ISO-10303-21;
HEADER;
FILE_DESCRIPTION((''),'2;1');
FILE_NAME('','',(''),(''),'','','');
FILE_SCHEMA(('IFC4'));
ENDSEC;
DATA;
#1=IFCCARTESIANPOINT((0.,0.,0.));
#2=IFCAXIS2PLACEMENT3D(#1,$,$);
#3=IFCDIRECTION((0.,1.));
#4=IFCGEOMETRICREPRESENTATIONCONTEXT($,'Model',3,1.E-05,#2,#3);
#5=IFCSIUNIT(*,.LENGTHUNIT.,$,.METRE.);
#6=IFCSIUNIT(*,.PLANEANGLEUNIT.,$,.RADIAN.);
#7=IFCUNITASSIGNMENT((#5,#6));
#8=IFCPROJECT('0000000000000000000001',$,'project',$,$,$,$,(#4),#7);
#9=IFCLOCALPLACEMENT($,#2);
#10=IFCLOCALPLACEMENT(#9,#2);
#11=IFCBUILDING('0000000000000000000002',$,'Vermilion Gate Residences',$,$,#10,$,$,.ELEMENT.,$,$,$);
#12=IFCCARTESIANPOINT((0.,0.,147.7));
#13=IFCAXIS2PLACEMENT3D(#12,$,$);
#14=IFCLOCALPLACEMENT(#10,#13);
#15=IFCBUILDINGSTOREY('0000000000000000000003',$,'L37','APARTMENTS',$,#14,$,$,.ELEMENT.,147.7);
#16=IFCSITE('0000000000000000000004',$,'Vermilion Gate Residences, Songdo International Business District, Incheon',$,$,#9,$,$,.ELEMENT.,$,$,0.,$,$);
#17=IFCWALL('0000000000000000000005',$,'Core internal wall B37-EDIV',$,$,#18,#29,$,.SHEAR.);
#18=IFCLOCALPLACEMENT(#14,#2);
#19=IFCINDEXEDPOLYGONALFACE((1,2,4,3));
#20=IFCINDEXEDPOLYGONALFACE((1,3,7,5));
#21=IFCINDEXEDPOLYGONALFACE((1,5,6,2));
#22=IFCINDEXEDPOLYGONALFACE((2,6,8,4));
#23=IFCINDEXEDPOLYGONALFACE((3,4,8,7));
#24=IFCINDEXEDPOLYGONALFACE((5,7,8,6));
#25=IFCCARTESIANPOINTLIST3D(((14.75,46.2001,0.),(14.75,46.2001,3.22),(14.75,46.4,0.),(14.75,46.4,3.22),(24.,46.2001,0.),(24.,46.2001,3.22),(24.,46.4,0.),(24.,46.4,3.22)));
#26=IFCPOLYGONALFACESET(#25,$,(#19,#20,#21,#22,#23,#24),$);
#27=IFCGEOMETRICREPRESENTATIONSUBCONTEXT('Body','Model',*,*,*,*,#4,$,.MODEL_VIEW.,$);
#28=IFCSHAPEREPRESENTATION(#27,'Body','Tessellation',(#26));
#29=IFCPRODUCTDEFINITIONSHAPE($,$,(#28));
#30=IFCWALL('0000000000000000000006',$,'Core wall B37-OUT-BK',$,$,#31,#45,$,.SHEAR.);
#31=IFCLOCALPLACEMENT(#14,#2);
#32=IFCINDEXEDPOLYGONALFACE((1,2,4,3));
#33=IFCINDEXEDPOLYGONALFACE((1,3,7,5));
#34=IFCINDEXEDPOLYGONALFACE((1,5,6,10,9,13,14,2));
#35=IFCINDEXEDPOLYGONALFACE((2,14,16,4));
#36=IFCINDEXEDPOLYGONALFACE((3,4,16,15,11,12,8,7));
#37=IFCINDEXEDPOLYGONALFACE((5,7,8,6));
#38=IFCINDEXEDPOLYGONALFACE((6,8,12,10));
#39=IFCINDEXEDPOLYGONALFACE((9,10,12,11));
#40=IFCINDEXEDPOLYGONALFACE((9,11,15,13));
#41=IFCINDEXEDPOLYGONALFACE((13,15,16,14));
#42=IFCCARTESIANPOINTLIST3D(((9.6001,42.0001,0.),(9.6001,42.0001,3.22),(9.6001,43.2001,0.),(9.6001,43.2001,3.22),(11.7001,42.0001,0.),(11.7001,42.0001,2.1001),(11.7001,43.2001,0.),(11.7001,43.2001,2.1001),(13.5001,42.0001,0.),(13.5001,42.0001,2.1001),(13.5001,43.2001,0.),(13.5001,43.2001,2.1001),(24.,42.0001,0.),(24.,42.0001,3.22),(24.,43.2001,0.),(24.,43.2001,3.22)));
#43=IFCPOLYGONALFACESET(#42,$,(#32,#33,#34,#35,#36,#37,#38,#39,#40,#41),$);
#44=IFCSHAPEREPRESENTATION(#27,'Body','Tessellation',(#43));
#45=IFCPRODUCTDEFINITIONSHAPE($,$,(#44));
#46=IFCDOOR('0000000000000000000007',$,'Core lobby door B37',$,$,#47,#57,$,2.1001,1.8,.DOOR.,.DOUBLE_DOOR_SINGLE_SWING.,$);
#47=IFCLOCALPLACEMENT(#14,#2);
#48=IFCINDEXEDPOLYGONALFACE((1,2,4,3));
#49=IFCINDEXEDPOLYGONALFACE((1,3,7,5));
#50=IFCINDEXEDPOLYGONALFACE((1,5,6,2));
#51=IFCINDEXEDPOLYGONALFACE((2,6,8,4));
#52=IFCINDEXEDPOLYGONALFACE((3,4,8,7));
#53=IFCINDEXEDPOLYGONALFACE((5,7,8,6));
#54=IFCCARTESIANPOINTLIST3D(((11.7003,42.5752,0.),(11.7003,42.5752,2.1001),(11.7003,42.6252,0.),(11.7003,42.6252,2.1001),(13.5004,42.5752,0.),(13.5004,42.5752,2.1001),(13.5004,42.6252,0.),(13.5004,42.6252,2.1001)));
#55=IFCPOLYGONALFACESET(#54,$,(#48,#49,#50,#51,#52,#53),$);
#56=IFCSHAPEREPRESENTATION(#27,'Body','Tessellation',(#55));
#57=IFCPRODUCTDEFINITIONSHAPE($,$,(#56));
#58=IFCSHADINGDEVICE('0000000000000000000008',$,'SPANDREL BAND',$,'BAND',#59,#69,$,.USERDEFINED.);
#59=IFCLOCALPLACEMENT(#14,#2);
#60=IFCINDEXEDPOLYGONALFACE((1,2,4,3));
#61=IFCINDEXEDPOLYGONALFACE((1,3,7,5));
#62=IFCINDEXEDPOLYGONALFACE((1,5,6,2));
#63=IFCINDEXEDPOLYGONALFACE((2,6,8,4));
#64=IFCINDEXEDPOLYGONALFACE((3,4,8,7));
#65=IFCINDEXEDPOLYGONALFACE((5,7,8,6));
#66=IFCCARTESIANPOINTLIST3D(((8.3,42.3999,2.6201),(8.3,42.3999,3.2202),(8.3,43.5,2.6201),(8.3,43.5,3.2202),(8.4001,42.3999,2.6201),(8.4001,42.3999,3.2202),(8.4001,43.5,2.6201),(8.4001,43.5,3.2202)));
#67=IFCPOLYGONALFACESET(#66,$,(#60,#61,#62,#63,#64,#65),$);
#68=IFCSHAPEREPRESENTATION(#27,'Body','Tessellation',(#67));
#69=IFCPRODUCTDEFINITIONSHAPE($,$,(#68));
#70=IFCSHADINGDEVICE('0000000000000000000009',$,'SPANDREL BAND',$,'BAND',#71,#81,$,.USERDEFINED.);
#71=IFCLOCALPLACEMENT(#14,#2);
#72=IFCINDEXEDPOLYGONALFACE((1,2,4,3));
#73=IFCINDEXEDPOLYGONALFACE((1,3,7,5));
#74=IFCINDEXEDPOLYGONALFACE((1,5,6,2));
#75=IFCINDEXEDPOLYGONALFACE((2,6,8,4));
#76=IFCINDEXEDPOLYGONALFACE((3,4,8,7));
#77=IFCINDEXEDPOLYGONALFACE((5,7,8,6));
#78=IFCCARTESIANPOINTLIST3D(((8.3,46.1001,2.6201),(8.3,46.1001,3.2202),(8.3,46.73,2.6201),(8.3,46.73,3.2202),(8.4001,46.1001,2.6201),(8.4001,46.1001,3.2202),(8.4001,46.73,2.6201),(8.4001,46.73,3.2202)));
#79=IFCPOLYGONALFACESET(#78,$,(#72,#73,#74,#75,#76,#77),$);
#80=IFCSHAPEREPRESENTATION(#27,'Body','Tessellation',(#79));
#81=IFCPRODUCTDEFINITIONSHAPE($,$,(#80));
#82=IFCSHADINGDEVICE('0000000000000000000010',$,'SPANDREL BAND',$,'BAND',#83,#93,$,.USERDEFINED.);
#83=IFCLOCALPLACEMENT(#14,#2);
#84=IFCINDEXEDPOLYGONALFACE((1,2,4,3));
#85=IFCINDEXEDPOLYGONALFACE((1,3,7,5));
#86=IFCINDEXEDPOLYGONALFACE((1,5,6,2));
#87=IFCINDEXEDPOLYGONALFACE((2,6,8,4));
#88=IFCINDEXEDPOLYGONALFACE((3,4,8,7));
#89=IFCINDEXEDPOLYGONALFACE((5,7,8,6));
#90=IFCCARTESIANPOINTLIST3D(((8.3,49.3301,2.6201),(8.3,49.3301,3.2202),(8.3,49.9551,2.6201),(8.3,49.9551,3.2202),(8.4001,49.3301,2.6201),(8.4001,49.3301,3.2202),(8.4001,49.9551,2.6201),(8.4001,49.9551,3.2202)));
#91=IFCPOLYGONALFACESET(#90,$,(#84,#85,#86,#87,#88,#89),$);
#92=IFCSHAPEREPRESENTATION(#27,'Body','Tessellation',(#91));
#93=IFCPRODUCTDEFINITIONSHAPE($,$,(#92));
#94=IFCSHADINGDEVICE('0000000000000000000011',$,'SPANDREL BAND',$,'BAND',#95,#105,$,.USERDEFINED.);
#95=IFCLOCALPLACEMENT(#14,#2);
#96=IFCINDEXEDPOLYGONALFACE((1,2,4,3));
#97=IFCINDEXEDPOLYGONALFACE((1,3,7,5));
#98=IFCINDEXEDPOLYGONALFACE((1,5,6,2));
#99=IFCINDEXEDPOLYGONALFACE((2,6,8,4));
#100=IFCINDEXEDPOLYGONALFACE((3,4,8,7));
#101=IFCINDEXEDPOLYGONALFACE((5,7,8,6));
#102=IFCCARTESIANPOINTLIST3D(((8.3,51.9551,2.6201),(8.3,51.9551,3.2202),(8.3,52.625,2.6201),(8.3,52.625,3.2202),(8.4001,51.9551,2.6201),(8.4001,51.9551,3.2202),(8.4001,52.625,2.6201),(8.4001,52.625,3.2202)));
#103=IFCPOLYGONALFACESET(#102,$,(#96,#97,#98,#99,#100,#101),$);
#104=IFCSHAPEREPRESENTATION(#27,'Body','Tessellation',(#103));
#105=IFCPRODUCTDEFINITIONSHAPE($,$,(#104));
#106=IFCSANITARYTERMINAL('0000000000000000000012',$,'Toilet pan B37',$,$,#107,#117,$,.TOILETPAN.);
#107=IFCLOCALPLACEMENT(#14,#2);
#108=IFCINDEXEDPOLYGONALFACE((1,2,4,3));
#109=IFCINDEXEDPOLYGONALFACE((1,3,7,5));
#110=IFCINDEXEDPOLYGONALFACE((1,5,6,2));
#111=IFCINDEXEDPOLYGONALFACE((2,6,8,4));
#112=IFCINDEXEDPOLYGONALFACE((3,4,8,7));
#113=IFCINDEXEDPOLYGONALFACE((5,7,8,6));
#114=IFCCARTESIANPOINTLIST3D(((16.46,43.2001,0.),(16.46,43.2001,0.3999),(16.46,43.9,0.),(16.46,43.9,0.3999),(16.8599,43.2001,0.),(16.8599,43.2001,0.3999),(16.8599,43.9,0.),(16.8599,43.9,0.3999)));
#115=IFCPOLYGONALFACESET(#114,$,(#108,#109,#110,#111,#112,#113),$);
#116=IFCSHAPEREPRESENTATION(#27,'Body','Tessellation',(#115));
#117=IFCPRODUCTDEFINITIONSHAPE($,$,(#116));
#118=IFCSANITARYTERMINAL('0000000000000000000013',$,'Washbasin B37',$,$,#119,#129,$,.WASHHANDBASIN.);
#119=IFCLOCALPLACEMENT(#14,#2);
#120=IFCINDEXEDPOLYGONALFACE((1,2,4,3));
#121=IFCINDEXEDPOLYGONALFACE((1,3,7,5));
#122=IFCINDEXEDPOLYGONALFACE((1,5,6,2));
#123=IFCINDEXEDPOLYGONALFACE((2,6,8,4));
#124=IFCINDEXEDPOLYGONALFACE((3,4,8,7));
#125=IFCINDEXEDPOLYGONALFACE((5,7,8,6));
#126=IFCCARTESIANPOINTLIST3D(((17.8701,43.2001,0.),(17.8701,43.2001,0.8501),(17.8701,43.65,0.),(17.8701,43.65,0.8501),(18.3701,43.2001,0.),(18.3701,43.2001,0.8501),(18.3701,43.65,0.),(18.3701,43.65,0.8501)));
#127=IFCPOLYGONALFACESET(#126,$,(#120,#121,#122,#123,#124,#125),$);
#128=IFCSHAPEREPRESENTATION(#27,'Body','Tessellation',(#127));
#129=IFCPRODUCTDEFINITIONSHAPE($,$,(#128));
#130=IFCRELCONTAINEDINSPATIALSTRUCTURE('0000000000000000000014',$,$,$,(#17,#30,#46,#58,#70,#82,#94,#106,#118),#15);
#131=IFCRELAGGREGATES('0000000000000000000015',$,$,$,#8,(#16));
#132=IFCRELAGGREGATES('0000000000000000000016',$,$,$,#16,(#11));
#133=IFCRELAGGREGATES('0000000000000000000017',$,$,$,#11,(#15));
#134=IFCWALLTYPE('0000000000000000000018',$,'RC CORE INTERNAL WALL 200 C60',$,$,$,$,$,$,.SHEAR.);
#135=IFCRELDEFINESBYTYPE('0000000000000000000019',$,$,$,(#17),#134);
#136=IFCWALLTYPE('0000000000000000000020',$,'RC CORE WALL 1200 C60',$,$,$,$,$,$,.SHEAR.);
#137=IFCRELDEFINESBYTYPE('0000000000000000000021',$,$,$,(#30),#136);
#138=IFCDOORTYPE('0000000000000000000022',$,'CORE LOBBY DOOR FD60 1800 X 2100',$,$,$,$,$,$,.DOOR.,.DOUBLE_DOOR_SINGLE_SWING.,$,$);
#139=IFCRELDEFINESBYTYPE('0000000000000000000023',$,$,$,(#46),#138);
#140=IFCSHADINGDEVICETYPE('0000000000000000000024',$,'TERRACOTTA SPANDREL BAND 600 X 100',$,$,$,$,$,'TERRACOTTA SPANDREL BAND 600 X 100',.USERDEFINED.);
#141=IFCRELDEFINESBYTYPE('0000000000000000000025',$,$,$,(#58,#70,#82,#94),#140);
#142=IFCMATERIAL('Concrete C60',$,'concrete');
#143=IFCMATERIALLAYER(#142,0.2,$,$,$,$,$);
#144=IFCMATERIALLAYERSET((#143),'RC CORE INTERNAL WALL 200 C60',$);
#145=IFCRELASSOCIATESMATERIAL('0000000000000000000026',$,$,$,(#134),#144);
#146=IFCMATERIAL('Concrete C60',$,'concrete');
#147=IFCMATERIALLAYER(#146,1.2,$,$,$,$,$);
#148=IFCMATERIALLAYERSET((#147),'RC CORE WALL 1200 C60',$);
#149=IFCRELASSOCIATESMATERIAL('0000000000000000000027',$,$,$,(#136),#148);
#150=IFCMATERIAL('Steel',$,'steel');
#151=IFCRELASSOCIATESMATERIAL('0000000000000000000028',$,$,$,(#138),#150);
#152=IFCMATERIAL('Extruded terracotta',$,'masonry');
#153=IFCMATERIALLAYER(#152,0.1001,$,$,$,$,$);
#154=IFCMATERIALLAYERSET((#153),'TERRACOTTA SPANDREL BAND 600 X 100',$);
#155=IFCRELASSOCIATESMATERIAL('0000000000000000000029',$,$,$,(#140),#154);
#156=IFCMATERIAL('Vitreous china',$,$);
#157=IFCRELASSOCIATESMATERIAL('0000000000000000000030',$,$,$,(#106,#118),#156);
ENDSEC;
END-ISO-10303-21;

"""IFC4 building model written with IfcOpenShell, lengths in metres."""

from ifc_helpers import new_model, si_unit, direction, frame, frame_2d, origin, origin_2d, place, context, subcontext, project, spatial, rectangle, extrude, material, layer, layer_set, type_object, element, fill, save


model = new_model("IFC4")

# Units and contexts
model_context = context("Model", 3, precision=1e-05, world=origin(), true_north=direction((0.0, 1.0)))
body_context = subcontext(model_context, "Body", "Model", "MODEL_VIEW")
ifc_project = project(units=[si_unit("LENGTHUNIT", "METRE"), si_unit("PLANEANGLEUNIT", "RADIAN")], contexts=[model_context])

# Site, building, storey
site_placement = place(None, origin())
site = spatial("IfcSite", under=ifc_project, at=site_placement, Name="Vermilion Gate Residences, Songdo International Business District, Incheon", CompositionType="ELEMENT", RefElevation=0.0)
building_placement = place(site_placement, origin())
building = spatial("IfcBuilding", under=site, at=building_placement, Name="Vermilion Gate Residences", CompositionType="ELEMENT")
storey_placement = place(building_placement, frame((0.0, 0.0, 147.7)))
storey = spatial("IfcBuildingStorey", under=building, at=storey_placement, Name="L37", Description="APARTMENTS", CompositionType="ELEMENT", Elevation=147.7)

# Wall
ifc_material_1 = material(Name="Concrete C60", Category="concrete")
ifc_layer_1 = layer(ifc_material_1, 0.2)
ifc_layer_set_1 = layer_set([ifc_layer_1], Name="RC CORE INTERNAL WALL 200 C60")
wall_type_1 = type_object("IfcWallType", Name="RC CORE INTERNAL WALL 200 C60", PredefinedType="SHEAR", material=ifc_layer_set_1)
wall_1_placement = place(storey_placement, frame((14.75, 46.3, 0.0), z_axis=(0.0, 0.0, 1.0), x_axis=(1.0, 0.0, 0.0)))
element("IfcWall", 1, at=wall_1_placement, inside=storey, type_object=wall_type_1, Name="Core internal wall B37-EDIV", PredefinedType="SHEAR", context=body_context, shape_type="SweptSolid", body=[
    extrude(rectangle(XDim=9.25, YDim=0.2, at=frame_2d((4.625, 0.0))), origin(), (0.0, 0.0, 1.0), 3.22),
])

# Wall, opening, door
ifc_material_2 = material(Name="Concrete C60", Category="concrete")
ifc_layer_2 = layer(ifc_material_2, 1.2)
ifc_layer_set_2 = layer_set([ifc_layer_2], Name="RC CORE WALL 1200 C60")
wall_type_2 = type_object("IfcWallType", Name="RC CORE WALL 1200 C60", PredefinedType="SHEAR", material=ifc_layer_set_2)
wall_2_placement = place(storey_placement, frame((9.6001, 42.6001, 0.0), z_axis=(0.0, 0.0, 1.0), x_axis=(1.0, 0.0, 0.0)))
wall_2 = element("IfcWall", 2, at=wall_2_placement, inside=storey, type_object=wall_type_2, Name="Core wall B37-OUT-BK", PredefinedType="SHEAR", context=body_context, shape_type="SweptSolid", body=[
    extrude(rectangle(XDim=14.3999, YDim=1.2, at=frame_2d((7.2, 0.0))), origin(), (0.0, 0.0, 1.0), 3.22),
])
opening_1_placement = place(wall_2_placement, frame((2.1001, 0.0, 0.0)))
opening_1 = element("IfcOpeningElement", 3, at=opening_1_placement, cuts=wall_2, PredefinedType="OPENING", context=body_context, shape_type="SweptSolid", body=[
    extrude(rectangle(XDim=1.8, YDim=2.1001, at=frame_2d((0.8999, 1.05))), frame((0.0, 0.6099, 0.0), z_axis=(0.0, -1.0, 0.0), x_axis=(1.0, 0.0, 0.0)), (0.0, 0.0, 1.0), 1.22),
])
ifc_material_3 = material(Name="Steel", Category="steel")
door_type_1 = type_object("IfcDoorType", Name="CORE LOBBY DOOR FD60 1800 X 2100", OperationType="DOUBLE_DOOR_SINGLE_SWING", PredefinedType="DOOR", material=ifc_material_3)
door_1_placement = place(opening_1_placement, frame((1.8, 0.0, 0.0), z_axis=(0.0, 0.0, 1.0), x_axis=(-1.0, 0.0, 0.0)))
door_1 = element("IfcDoor", 4, at=door_1_placement, inside=storey, type_object=door_type_1, Name="Core lobby door B37", OperationType="DOUBLE_DOOR_SINGLE_SWING", OverallHeight=2.1001, OverallWidth=1.8, PredefinedType="DOOR", context=body_context, shape_type="SweptSolid", body=[
    extrude(rectangle(XDim=1.8, YDim=2.1001, at=frame_2d((0.8999, 1.05))), frame((0.0, 0.0249, 0.0), z_axis=(0.0, -1.0, 0.0), x_axis=(1.0, 0.0, 0.0)), (0.0, 0.0, 1.0), 0.05),
])
fill(opening_1, door_1)

# Shading devices
ifc_material_4 = material(Name="Extruded terracotta", Category="masonry")
ifc_layer_3 = layer(ifc_material_4, 0.1001)
ifc_layer_set_3 = layer_set([ifc_layer_3], Name="TERRACOTTA SPANDREL BAND 600 X 100")
shading_device_type = type_object("IfcShadingDeviceType", Name="TERRACOTTA SPANDREL BAND 600 X 100", ElementType="TERRACOTTA SPANDREL BAND 600 X 100", PredefinedType="USERDEFINED", material=ifc_layer_set_3)
shading_device_1_placement = place(storey_placement, frame((8.3501, 42.95, 2.6201), z_axis=(0.0, 0.0, 1.0), x_axis=(0.0, 1.0, 0.0)))
element("IfcShadingDevice", 5, at=shading_device_1_placement, inside=storey, type_object=shading_device_type, Name="SPANDREL BAND", ObjectType="BAND", PredefinedType="USERDEFINED", context=body_context, shape_type="SweptSolid", body=[
    extrude(rectangle(XDim=1.1001, YDim=0.1001, at=origin_2d()), origin(), (0.0, 0.0, 1.0), 0.6001),
])
shading_device_2_placement = place(storey_placement, frame((8.3501, 46.415, 2.6201), z_axis=(0.0, 0.0, 1.0), x_axis=(0.0, 1.0, 0.0)))
element("IfcShadingDevice", 6, at=shading_device_2_placement, inside=storey, type_object=shading_device_type, Name="SPANDREL BAND", ObjectType="BAND", PredefinedType="USERDEFINED", context=body_context, shape_type="SweptSolid", body=[
    extrude(rectangle(XDim=0.6299, YDim=0.1001, at=origin_2d()), origin(), (0.0, 0.0, 1.0), 0.6001),
])
shading_device_3_placement = place(storey_placement, frame((8.3501, 49.6426, 2.6201), z_axis=(0.0, 0.0, 1.0), x_axis=(0.0, 1.0, 0.0)))
element("IfcShadingDevice", 7, at=shading_device_3_placement, inside=storey, type_object=shading_device_type, Name="SPANDREL BAND", ObjectType="BAND", PredefinedType="USERDEFINED", context=body_context, shape_type="SweptSolid", body=[
    extrude(rectangle(XDim=0.625, YDim=0.1001, at=origin_2d()), origin(), (0.0, 0.0, 1.0), 0.6001),
])
shading_device_4_placement = place(storey_placement, frame((8.3501, 52.29, 2.6201), z_axis=(0.0, 0.0, 1.0), x_axis=(0.0, 1.0, 0.0)))
element("IfcShadingDevice", 8, at=shading_device_4_placement, inside=storey, type_object=shading_device_type, Name="SPANDREL BAND", ObjectType="BAND", PredefinedType="USERDEFINED", context=body_context, shape_type="SweptSolid", body=[
    extrude(rectangle(XDim=0.6699, YDim=0.1001, at=origin_2d()), origin(), (0.0, 0.0, 1.0), 0.6001),
])

# Sanitary terminals
ifc_material_5 = material(Name="Vitreous china")
sanitary_terminal_1_placement = place(storey_placement, frame((16.6599, 43.55, 0.0), z_axis=(0.0, 0.0, 1.0), x_axis=(1.0, 0.0, 0.0)))
element("IfcSanitaryTerminal", 9, at=sanitary_terminal_1_placement, inside=storey, material=ifc_material_5, Name="Toilet pan B37", PredefinedType="TOILETPAN", context=body_context, shape_type="SweptSolid", body=[
    extrude(rectangle(XDim=0.3999, YDim=0.7, at=origin_2d()), origin(), (0.0, 0.0, 1.0), 0.3999),
])
sanitary_terminal_2_placement = place(storey_placement, frame((18.1201, 43.425, 0.0), z_axis=(0.0, 0.0, 1.0), x_axis=(1.0, 0.0, 0.0)))
element("IfcSanitaryTerminal", 10, at=sanitary_terminal_2_placement, inside=storey, material=ifc_material_5, Name="Washbasin B37", PredefinedType="WASHHANDBASIN", context=body_context, shape_type="SweptSolid", body=[
    extrude(rectangle(XDim=0.5, YDim=0.45, at=origin_2d()), origin(), (0.0, 0.0, 1.0), 0.8501),
])

save(model, "model.ifc")
